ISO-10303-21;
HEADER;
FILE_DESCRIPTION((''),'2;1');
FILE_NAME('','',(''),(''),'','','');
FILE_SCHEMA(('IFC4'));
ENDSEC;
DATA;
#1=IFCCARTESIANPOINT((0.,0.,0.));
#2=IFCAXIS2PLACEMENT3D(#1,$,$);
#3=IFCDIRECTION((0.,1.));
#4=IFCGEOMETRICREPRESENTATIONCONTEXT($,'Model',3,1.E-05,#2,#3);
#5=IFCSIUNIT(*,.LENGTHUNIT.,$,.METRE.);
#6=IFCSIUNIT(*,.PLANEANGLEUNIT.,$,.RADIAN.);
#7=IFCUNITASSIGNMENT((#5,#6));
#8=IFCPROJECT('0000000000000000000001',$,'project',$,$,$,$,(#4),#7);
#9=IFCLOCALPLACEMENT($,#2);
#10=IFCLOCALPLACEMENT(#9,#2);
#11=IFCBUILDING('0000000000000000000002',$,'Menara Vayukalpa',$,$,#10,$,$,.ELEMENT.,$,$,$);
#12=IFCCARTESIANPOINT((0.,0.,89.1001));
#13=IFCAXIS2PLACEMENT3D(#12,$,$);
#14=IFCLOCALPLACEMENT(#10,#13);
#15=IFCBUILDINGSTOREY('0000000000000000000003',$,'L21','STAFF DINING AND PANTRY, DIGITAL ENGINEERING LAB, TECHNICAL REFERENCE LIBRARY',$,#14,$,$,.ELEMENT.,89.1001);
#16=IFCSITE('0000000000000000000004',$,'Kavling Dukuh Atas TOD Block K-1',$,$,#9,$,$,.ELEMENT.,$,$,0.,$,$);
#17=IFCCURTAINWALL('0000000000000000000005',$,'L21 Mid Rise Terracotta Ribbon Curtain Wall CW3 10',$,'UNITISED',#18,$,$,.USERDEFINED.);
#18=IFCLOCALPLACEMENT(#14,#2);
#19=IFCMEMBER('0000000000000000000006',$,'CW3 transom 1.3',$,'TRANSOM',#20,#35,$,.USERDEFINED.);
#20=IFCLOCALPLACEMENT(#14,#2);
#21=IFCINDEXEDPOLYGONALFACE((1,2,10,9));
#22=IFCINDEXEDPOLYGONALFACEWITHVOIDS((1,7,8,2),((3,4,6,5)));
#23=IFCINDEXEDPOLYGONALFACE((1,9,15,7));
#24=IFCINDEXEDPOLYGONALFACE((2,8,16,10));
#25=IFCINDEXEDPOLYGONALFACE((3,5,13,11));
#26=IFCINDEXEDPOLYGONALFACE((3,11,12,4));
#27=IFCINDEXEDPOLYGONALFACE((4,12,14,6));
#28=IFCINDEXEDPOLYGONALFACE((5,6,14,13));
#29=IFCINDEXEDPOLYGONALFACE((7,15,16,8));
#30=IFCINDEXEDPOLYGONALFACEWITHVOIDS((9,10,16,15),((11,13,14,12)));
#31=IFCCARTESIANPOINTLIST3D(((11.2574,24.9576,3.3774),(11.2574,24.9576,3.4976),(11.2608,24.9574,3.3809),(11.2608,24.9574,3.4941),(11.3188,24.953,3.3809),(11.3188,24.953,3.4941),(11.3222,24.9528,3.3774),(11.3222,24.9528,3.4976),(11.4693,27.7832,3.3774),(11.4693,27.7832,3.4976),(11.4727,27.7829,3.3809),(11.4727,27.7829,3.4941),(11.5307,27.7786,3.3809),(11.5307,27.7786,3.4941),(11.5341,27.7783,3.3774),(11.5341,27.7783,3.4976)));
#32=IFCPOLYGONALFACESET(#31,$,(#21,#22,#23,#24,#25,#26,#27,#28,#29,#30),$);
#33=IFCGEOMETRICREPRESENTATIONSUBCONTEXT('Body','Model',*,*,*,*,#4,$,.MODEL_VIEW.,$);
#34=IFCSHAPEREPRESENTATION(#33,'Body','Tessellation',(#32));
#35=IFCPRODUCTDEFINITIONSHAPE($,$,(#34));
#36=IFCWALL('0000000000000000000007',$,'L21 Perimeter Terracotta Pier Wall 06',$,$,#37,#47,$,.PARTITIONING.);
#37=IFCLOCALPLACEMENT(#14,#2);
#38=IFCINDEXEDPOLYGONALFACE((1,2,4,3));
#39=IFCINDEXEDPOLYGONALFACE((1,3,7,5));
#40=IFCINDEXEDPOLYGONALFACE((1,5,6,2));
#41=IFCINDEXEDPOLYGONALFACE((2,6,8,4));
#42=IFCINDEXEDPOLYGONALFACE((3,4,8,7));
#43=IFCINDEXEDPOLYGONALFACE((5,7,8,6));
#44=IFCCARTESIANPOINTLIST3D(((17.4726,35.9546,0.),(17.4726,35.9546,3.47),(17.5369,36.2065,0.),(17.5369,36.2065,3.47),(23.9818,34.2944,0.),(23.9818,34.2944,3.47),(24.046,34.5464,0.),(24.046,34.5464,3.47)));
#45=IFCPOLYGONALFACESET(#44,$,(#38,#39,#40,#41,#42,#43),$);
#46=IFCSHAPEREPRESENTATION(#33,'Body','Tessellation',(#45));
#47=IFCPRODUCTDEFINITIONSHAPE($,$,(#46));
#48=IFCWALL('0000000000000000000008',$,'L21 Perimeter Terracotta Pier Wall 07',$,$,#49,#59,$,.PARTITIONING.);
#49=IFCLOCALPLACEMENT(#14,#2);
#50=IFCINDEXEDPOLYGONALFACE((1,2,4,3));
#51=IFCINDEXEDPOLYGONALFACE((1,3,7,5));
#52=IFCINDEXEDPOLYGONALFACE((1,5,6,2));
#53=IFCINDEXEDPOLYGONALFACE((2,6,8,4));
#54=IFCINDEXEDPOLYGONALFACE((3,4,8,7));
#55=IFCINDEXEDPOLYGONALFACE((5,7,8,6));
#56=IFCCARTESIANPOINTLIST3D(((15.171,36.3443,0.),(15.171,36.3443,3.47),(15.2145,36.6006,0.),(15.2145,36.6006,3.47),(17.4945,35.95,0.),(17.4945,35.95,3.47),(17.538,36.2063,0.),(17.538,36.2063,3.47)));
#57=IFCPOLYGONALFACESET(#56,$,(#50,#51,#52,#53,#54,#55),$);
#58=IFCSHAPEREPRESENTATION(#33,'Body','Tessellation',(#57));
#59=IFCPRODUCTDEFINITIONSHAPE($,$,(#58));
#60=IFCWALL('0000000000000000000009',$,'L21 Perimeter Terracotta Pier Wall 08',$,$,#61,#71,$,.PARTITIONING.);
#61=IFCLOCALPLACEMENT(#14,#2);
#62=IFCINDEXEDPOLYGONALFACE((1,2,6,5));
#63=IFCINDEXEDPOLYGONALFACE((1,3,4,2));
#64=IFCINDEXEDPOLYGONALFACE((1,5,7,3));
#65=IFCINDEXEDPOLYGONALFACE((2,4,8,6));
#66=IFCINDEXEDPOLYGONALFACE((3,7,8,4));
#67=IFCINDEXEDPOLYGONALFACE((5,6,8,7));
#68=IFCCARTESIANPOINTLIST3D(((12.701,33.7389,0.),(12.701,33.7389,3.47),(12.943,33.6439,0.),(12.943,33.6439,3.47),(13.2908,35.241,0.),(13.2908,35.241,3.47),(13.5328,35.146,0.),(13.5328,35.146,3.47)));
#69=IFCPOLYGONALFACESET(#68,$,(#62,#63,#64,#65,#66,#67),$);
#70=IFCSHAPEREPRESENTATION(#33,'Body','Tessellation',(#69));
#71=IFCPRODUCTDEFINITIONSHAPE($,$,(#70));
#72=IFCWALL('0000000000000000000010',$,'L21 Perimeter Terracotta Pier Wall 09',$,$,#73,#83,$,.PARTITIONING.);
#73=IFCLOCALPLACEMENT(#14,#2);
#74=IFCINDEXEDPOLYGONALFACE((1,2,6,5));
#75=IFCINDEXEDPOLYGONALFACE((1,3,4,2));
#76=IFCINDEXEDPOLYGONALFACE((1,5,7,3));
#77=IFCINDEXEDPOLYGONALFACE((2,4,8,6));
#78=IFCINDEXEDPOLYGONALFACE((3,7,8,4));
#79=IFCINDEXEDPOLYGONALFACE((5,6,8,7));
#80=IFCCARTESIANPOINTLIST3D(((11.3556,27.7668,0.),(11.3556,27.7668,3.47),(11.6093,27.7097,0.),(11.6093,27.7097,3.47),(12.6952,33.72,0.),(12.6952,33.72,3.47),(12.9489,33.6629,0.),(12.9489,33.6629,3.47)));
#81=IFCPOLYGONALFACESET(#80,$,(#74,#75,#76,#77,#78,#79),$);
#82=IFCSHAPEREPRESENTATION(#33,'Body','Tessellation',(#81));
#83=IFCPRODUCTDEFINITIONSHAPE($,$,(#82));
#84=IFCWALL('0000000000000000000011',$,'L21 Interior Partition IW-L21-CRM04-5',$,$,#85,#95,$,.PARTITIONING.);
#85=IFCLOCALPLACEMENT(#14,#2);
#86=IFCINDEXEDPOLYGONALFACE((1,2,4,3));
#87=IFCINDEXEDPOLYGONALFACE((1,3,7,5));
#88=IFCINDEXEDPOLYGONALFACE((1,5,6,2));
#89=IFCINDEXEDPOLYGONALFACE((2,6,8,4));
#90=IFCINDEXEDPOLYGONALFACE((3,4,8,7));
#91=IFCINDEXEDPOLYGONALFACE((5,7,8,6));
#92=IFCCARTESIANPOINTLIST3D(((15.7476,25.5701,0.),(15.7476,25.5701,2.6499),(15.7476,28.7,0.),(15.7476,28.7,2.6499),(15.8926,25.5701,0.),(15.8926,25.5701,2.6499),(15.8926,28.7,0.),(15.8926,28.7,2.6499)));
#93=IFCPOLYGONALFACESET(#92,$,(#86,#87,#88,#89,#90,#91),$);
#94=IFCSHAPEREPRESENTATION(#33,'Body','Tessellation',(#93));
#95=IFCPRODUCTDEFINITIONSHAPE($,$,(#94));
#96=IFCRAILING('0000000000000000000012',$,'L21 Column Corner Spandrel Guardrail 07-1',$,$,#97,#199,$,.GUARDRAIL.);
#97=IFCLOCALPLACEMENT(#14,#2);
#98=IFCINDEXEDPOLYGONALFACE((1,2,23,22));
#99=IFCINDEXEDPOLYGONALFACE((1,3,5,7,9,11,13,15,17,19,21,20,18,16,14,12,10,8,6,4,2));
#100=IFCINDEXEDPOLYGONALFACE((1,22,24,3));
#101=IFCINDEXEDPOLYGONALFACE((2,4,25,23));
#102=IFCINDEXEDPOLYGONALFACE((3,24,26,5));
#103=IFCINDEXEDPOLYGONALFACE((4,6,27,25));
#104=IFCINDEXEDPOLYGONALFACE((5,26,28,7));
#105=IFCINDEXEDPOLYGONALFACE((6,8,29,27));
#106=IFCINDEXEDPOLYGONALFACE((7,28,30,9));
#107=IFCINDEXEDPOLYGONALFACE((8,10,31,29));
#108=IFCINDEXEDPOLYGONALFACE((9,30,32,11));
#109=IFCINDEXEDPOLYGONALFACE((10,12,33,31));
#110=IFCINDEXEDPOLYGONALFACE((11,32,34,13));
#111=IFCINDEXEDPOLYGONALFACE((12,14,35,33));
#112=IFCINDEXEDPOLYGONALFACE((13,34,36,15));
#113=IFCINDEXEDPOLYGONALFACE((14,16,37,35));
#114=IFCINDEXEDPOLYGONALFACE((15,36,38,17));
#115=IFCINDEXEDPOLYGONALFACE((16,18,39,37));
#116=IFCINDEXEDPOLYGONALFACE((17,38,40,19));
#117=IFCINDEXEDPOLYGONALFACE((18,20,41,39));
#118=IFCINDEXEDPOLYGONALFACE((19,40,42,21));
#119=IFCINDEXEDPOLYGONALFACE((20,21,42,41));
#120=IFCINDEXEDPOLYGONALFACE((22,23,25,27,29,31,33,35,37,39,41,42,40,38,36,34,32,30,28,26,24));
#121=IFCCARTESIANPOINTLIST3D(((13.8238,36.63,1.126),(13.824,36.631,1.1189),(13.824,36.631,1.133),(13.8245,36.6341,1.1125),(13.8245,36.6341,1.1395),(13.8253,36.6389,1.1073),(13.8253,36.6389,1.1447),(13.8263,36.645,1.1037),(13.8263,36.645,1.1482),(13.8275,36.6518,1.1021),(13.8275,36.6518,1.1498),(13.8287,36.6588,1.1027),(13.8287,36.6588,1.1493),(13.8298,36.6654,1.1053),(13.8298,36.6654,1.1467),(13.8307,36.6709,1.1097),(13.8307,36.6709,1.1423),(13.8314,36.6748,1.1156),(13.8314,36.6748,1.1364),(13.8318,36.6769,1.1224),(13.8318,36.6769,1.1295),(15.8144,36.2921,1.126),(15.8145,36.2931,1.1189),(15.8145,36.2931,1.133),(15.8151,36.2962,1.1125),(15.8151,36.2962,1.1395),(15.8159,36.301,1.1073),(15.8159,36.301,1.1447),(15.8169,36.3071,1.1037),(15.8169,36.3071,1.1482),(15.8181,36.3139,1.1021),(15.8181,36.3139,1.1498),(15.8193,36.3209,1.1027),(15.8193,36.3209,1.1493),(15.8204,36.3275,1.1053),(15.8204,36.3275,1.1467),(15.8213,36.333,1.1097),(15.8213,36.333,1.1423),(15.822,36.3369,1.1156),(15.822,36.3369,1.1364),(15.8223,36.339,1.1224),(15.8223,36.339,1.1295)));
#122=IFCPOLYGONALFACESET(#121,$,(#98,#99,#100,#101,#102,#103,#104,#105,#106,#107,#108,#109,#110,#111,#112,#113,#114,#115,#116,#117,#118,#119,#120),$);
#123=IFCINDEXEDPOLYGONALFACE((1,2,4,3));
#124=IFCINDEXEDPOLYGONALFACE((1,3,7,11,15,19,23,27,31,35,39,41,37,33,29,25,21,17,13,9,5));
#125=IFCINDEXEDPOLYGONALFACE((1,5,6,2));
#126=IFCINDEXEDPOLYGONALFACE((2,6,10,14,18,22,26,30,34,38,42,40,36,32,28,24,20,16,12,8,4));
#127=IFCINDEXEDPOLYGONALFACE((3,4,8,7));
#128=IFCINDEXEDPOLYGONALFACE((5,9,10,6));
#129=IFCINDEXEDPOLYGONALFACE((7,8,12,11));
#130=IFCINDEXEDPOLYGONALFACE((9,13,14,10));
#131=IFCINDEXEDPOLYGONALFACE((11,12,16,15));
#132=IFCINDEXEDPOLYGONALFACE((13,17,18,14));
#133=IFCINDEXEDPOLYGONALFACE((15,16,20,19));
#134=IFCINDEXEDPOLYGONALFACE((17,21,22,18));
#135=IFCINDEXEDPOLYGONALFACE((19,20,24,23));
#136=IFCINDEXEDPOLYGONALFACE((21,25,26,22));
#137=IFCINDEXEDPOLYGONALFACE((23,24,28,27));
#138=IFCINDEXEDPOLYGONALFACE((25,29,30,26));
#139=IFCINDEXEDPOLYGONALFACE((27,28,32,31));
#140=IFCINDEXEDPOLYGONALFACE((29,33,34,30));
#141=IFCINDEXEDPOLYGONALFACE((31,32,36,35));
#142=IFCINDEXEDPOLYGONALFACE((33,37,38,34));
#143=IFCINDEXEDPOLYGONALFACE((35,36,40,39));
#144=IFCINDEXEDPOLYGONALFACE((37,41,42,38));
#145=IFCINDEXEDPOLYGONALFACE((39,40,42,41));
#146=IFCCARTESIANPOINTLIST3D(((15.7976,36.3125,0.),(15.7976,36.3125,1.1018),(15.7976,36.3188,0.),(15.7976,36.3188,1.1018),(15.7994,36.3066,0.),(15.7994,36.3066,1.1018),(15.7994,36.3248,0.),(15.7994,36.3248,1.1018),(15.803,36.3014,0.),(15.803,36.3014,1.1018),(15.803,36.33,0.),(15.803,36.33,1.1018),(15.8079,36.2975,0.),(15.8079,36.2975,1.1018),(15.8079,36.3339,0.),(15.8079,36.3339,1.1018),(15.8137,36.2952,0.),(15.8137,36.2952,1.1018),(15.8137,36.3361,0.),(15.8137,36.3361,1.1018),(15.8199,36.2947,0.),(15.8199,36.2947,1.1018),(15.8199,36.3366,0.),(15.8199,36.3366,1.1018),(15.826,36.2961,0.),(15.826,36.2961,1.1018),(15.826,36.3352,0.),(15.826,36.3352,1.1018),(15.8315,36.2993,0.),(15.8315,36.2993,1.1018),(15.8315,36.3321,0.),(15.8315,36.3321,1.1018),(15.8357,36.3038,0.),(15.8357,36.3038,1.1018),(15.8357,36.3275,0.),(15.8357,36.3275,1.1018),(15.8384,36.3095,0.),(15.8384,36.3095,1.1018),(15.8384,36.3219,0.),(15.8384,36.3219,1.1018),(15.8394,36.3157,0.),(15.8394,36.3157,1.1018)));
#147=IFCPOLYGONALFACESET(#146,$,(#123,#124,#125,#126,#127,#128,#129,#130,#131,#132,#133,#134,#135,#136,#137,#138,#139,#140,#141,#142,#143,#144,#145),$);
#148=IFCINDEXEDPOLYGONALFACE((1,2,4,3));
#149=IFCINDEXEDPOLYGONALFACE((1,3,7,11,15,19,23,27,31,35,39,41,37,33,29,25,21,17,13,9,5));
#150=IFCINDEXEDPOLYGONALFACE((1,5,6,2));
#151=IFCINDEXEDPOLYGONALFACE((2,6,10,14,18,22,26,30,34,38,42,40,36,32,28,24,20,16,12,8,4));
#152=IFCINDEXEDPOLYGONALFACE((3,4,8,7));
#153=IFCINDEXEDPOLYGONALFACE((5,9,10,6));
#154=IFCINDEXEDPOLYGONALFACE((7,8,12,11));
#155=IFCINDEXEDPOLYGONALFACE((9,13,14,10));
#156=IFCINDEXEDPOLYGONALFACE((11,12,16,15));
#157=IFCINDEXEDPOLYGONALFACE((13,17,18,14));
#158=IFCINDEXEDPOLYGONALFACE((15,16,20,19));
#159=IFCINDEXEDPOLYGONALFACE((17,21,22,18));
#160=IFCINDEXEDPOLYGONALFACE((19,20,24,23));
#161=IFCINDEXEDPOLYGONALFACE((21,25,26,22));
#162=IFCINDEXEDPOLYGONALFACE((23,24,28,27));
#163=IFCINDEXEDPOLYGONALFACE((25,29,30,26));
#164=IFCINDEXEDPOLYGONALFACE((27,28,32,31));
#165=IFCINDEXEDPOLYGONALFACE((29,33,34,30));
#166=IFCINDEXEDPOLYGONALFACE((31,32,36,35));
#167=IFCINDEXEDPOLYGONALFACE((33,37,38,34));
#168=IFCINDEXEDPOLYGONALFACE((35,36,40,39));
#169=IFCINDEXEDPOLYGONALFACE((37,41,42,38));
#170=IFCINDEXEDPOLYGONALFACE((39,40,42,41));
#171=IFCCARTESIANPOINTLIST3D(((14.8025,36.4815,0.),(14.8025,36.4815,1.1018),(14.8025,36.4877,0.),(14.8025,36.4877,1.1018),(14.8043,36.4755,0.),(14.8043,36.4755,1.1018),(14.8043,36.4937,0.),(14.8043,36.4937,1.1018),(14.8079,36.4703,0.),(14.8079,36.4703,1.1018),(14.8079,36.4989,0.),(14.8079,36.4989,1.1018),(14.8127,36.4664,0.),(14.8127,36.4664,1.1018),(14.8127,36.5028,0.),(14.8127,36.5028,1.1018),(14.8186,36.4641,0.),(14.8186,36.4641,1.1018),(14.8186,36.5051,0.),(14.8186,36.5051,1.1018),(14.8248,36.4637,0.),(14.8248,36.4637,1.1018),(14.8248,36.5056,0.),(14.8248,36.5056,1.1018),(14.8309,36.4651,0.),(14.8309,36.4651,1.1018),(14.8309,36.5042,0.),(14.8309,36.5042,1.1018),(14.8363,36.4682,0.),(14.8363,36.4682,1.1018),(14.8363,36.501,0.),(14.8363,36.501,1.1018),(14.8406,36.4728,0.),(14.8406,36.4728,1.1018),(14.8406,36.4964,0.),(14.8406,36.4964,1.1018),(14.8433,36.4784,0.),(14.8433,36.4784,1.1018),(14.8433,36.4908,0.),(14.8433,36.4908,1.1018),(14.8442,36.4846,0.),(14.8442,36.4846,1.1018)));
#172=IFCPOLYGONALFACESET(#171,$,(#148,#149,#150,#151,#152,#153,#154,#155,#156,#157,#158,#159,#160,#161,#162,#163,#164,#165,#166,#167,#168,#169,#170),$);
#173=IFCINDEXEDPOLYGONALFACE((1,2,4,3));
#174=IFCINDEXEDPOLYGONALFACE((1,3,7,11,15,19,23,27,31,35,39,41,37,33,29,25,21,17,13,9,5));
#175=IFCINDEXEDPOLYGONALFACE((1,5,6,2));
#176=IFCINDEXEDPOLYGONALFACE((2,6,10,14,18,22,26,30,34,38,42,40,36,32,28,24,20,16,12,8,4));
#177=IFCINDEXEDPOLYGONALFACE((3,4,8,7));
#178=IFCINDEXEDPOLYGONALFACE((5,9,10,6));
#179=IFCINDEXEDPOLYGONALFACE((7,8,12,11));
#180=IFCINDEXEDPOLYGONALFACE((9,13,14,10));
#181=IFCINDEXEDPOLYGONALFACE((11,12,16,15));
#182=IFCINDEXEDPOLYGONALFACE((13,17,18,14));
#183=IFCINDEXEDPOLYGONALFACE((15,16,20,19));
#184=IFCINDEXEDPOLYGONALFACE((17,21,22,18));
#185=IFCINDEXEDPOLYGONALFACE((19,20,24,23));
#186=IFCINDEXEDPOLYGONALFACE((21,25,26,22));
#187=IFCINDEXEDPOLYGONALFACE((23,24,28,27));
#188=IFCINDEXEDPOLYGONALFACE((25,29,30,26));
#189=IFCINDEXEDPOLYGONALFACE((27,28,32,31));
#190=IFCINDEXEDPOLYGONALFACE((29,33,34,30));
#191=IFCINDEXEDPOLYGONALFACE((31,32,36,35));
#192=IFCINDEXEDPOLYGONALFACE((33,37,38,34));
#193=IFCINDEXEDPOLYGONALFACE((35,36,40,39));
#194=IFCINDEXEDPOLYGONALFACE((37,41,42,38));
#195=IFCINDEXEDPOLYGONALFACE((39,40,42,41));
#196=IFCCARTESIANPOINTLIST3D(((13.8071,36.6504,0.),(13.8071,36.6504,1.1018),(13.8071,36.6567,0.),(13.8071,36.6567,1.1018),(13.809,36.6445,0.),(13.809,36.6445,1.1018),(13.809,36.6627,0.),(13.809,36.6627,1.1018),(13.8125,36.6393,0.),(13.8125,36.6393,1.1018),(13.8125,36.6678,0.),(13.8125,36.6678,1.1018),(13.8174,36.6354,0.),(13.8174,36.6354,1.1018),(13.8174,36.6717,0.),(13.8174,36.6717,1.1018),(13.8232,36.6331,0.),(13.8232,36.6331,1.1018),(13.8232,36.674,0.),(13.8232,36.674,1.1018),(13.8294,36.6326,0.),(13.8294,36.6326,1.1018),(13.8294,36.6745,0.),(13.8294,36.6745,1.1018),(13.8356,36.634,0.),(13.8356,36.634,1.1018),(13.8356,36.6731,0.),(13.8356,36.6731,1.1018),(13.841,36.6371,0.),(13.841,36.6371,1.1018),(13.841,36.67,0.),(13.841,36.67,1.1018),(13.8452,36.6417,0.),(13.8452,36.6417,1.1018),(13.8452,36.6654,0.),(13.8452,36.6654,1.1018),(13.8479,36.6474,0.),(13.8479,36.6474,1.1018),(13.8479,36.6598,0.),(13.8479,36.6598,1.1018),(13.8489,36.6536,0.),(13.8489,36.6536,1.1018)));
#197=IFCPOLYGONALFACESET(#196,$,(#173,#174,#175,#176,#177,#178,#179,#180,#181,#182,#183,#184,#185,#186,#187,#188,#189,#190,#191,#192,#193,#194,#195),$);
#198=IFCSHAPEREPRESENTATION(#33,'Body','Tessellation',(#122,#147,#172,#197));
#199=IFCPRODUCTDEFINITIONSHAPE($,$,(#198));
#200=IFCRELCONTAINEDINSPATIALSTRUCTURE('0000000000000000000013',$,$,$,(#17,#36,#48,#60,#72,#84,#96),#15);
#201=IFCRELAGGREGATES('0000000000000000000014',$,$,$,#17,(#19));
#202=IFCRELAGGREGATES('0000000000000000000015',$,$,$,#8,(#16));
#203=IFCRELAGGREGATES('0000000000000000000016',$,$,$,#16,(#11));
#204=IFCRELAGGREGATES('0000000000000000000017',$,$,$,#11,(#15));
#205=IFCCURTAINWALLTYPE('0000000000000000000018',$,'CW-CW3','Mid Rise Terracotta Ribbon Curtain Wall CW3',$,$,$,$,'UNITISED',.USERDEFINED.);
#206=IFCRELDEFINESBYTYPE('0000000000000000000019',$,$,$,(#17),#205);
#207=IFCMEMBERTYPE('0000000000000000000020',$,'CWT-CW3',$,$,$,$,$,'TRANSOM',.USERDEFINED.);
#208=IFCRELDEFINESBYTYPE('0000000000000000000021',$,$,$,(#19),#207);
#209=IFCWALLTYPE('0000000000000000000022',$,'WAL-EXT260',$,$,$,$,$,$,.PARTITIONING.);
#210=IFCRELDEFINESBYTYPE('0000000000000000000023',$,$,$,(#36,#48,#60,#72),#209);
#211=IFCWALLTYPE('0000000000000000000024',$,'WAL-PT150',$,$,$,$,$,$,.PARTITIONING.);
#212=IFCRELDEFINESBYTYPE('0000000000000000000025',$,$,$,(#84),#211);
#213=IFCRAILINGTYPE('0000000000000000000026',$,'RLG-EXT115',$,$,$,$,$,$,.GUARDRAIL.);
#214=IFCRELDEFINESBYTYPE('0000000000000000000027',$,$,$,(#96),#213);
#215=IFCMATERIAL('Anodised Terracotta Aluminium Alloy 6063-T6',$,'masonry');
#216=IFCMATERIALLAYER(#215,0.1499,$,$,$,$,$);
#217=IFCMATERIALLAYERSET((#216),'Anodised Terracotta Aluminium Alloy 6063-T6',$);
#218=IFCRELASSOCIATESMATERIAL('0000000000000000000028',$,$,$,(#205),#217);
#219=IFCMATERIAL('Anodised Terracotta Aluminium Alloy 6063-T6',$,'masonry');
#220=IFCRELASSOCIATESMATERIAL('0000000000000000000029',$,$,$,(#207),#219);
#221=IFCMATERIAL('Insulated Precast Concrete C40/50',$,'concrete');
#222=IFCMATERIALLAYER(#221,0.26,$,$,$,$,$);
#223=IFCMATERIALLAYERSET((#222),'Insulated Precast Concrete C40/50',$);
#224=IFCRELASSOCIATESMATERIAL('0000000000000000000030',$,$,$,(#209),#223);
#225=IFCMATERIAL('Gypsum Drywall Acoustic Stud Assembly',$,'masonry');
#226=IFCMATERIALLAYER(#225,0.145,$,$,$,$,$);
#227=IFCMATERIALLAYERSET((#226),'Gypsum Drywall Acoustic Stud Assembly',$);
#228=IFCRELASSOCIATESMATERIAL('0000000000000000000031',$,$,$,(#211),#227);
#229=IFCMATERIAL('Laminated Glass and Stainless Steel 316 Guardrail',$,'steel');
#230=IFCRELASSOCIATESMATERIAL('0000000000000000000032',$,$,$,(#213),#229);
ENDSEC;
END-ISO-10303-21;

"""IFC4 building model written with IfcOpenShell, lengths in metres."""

from ifc_helpers import new_model, si_unit, direction, frame, frame_2d, origin, origin_2d, place, context, subcontext, project, spatial, rectangle, hollow_rectangle, circle, extrude, material, layer, layer_set, material_profile, profile_set, type_object, element, aggregate, save


model = new_model("IFC4")

# Units and contexts
model_context = context("Model", 3, precision=1e-05, world=origin(), true_north=direction((0.0, 1.0)))
body_context = subcontext(model_context, "Body", "Model", "MODEL_VIEW")
ifc_project = project(units=[si_unit("LENGTHUNIT", "METRE"), si_unit("PLANEANGLEUNIT", "RADIAN")], contexts=[model_context])

# Site, building, storey
site_placement = place(None, origin())
site = spatial("IfcSite", under=ifc_project, at=site_placement, Name="Kavling Dukuh Atas TOD Block K-1", CompositionType="ELEMENT", RefElevation=0.0)
building_placement = place(site_placement, origin())
building = spatial("IfcBuilding", under=site, at=building_placement, Name="Menara Vayukalpa", CompositionType="ELEMENT")
storey_placement = place(building_placement, frame((0.0, 0.0, 89.1001)))
storey = spatial("IfcBuildingStorey", under=building, at=storey_placement, Name="L21", Description="STAFF DINING AND PANTRY, DIGITAL ENGINEERING LAB, TECHNICAL REFERENCE LIBRARY", CompositionType="ELEMENT", Elevation=89.1001)

# Curtain wall, member
ifc_material_1 = material(Name="Anodised Terracotta Aluminium Alloy 6063-T6", Category="masonry")
ifc_layer_1 = layer(ifc_material_1, 0.1499)
ifc_layer_set_1 = layer_set([ifc_layer_1], Name="Anodised Terracotta Aluminium Alloy 6063-T6")
curtain_wall_type = type_object("IfcCurtainWallType", Name="CW-CW3", Description="Mid Rise Terracotta Ribbon Curtain Wall CW3", ElementType="UNITISED", PredefinedType="USERDEFINED", material=ifc_layer_set_1)
curtain_wall_placement = place(storey_placement, origin())
curtain_wall = element("IfcCurtainWall", 1, at=curtain_wall_placement, inside=storey, type_object=curtain_wall_type, Name="L21 Mid Rise Terracotta Ribbon Curtain Wall CW3 10", ObjectType="UNITISED", PredefinedType="USERDEFINED")
ifc_material_2 = material(Name="Anodised Terracotta Aluminium Alloy 6063-T6", Category="masonry")
ifc_material_profile_1 = material_profile(ifc_material_2, hollow_rectangle(XDim=0.0649, YDim=0.1201, WallThickness=0.0034, at=origin_2d()), Name="ALU 65x120x3.5")
ifc_profile_set_1 = profile_set([ifc_material_profile_1], Name="Anodised Terracotta Aluminium Alloy 6063-T6")
member_type_1 = type_object("IfcMemberType", Name="CWT-CW3", ElementType="TRANSOM", PredefinedType="USERDEFINED", material=ifc_profile_set_1)
member_1_placement = place(storey_placement, frame((11.5017, 27.7808, 3.4375), z_axis=(-0.074792, -0.997199, 0.0), x_axis=(0.997199, -0.074792, 0.0)))
member_1 = element("IfcMember", 2, at=member_1_placement, type_object=member_type_1, Name="CW3 transom 1.3", ObjectType="TRANSOM", PredefinedType="USERDEFINED", context=body_context, shape_type="SweptSolid", body=[
    extrude(hollow_rectangle(XDim=0.0649, YDim=0.1201, WallThickness=0.0034, at=origin_2d()), origin(), (0.0, 0.0, 1.0), 2.8335),
])
aggregate(curtain_wall, [member_1])

# Walls
ifc_material_3 = material(Name="Insulated Precast Concrete C40/50", Category="concrete")
ifc_layer_2 = layer(ifc_material_3, 0.26)
ifc_layer_set_2 = layer_set([ifc_layer_2], Name="Insulated Precast Concrete C40/50")
wall_type_1 = type_object("IfcWallType", Name="WAL-EXT260", PredefinedType="PARTITIONING", material=ifc_layer_set_2)
wall_1_placement = place(storey_placement, frame((17.5046, 36.0806, 0.0), z_axis=(0.0, 0.0, 1.0), x_axis=(0.968981, -0.247134, 0.0)))
element("IfcWall", 3, at=wall_1_placement, inside=storey, type_object=wall_type_1, Name="L21 Perimeter Terracotta Pier Wall 06", PredefinedType="PARTITIONING", context=body_context, shape_type="SweptSolid", body=[
    extrude(rectangle(XDim=6.7175, YDim=0.26, at=frame_2d((3.3589, 0.0))), origin(), (0.0, 0.0, 1.0), 3.47),
])
wall_2_placement = place(storey_placement, frame((15.1929, 36.4724, 0.0), z_axis=(0.0, 0.0, 1.0), x_axis=(0.985905, -0.167305, 0.0)))
element("IfcWall", 4, at=wall_2_placement, inside=storey, type_object=wall_type_1, Name="L21 Perimeter Terracotta Pier Wall 07", PredefinedType="PARTITIONING", context=body_context, shape_type="SweptSolid", body=[
    extrude(rectangle(XDim=2.3567, YDim=0.26, at=frame_2d((1.1782, 0.0))), origin(), (0.0, 0.0, 1.0), 3.47),
])
wall_3_placement = place(storey_placement, frame((12.822, 33.6914, 0.0), z_axis=(0.0, 0.0, 1.0), x_axis=(0.365489, 0.930816, 0.0)))
element("IfcWall", 5, at=wall_3_placement, inside=storey, type_object=wall_type_1, Name="L21 Perimeter Terracotta Pier Wall 08", PredefinedType="PARTITIONING", context=body_context, shape_type="SweptSolid", body=[
    extrude(rectangle(XDim=1.6138, YDim=0.26, at=frame_2d((0.8069, 0.0))), origin(), (0.0, 0.0, 1.0), 3.47),
])
wall_4_placement = place(storey_placement, frame((11.4824, 27.7383, 0.0), z_axis=(0.0, 0.0, 1.0), x_axis=(0.219535, 0.975605, 0.0)))
element("IfcWall", 6, at=wall_4_placement, inside=storey, type_object=wall_type_1, Name="L21 Perimeter Terracotta Pier Wall 09", PredefinedType="PARTITIONING", context=body_context, shape_type="SweptSolid", body=[
    extrude(rectangle(XDim=6.1021, YDim=0.26, at=frame_2d((3.051, 0.0))), origin(), (0.0, 0.0, 1.0), 3.47),
])
ifc_material_4 = material(Name="Gypsum Drywall Acoustic Stud Assembly", Category="masonry")
ifc_layer_3 = layer(ifc_material_4, 0.145)
ifc_layer_set_3 = layer_set([ifc_layer_3], Name="Gypsum Drywall Acoustic Stud Assembly")
wall_type_2 = type_object("IfcWallType", Name="WAL-PT150", PredefinedType="PARTITIONING", material=ifc_layer_set_3)
wall_5_placement = place(storey_placement, frame((15.8201, 28.7, 0.0), z_axis=(0.0, 0.0, 1.0), x_axis=(0.0, -1.0, 0.0)))
element("IfcWall", 7, at=wall_5_placement, inside=storey, type_object=wall_type_2, Name="L21 Interior Partition IW-L21-CRM04-5", PredefinedType="PARTITIONING", context=body_context, shape_type="SweptSolid", body=[
    extrude(rectangle(XDim=3.1299, YDim=0.145, at=frame_2d((1.5649, 0.0))), origin(), (0.0, 0.0, 1.0), 2.6499),
])

# Railing
ifc_material_5 = material(Name="Laminated Glass and Stainless Steel 316 Guardrail", Category="steel")
railing_type = type_object("IfcRailingType", Name="RLG-EXT115", PredefinedType="GUARDRAIL", material=ifc_material_5)
railing_1_placement = place(storey_placement, frame((15.8184, 36.3157, 0.0)))
element("IfcRailing", 8, at=railing_1_placement, inside=storey, type_object=railing_type, Name="L21 Column Corner Spandrel Guardrail 07-1", PredefinedType="GUARDRAIL", context=body_context, shape_type="SweptSolid", body=[
    extrude(circle(Radius=0.0239, at=origin_2d()), frame((0.0, 0.0, 1.126), z_axis=(-0.985896, 0.167359, 0.0), x_axis=(-0.167359, -0.985896, 0.0)), (0.0, 0.0, 1.0), 2.019),
    extrude(circle(Radius=0.021, at=origin_2d()), origin(), (0.0, 0.0, 1.0), 1.1018),
    extrude(circle(Radius=0.021, at=origin_2d()), frame((-0.9951, 0.1689, 0.0)), (0.0, 0.0, 1.0), 1.1018),
    extrude(circle(Radius=0.021, at=origin_2d()), frame((-1.9905, 0.3379, 0.0)), (0.0, 0.0, 1.0), 1.1018),
])

save(model, "model.ifc")
